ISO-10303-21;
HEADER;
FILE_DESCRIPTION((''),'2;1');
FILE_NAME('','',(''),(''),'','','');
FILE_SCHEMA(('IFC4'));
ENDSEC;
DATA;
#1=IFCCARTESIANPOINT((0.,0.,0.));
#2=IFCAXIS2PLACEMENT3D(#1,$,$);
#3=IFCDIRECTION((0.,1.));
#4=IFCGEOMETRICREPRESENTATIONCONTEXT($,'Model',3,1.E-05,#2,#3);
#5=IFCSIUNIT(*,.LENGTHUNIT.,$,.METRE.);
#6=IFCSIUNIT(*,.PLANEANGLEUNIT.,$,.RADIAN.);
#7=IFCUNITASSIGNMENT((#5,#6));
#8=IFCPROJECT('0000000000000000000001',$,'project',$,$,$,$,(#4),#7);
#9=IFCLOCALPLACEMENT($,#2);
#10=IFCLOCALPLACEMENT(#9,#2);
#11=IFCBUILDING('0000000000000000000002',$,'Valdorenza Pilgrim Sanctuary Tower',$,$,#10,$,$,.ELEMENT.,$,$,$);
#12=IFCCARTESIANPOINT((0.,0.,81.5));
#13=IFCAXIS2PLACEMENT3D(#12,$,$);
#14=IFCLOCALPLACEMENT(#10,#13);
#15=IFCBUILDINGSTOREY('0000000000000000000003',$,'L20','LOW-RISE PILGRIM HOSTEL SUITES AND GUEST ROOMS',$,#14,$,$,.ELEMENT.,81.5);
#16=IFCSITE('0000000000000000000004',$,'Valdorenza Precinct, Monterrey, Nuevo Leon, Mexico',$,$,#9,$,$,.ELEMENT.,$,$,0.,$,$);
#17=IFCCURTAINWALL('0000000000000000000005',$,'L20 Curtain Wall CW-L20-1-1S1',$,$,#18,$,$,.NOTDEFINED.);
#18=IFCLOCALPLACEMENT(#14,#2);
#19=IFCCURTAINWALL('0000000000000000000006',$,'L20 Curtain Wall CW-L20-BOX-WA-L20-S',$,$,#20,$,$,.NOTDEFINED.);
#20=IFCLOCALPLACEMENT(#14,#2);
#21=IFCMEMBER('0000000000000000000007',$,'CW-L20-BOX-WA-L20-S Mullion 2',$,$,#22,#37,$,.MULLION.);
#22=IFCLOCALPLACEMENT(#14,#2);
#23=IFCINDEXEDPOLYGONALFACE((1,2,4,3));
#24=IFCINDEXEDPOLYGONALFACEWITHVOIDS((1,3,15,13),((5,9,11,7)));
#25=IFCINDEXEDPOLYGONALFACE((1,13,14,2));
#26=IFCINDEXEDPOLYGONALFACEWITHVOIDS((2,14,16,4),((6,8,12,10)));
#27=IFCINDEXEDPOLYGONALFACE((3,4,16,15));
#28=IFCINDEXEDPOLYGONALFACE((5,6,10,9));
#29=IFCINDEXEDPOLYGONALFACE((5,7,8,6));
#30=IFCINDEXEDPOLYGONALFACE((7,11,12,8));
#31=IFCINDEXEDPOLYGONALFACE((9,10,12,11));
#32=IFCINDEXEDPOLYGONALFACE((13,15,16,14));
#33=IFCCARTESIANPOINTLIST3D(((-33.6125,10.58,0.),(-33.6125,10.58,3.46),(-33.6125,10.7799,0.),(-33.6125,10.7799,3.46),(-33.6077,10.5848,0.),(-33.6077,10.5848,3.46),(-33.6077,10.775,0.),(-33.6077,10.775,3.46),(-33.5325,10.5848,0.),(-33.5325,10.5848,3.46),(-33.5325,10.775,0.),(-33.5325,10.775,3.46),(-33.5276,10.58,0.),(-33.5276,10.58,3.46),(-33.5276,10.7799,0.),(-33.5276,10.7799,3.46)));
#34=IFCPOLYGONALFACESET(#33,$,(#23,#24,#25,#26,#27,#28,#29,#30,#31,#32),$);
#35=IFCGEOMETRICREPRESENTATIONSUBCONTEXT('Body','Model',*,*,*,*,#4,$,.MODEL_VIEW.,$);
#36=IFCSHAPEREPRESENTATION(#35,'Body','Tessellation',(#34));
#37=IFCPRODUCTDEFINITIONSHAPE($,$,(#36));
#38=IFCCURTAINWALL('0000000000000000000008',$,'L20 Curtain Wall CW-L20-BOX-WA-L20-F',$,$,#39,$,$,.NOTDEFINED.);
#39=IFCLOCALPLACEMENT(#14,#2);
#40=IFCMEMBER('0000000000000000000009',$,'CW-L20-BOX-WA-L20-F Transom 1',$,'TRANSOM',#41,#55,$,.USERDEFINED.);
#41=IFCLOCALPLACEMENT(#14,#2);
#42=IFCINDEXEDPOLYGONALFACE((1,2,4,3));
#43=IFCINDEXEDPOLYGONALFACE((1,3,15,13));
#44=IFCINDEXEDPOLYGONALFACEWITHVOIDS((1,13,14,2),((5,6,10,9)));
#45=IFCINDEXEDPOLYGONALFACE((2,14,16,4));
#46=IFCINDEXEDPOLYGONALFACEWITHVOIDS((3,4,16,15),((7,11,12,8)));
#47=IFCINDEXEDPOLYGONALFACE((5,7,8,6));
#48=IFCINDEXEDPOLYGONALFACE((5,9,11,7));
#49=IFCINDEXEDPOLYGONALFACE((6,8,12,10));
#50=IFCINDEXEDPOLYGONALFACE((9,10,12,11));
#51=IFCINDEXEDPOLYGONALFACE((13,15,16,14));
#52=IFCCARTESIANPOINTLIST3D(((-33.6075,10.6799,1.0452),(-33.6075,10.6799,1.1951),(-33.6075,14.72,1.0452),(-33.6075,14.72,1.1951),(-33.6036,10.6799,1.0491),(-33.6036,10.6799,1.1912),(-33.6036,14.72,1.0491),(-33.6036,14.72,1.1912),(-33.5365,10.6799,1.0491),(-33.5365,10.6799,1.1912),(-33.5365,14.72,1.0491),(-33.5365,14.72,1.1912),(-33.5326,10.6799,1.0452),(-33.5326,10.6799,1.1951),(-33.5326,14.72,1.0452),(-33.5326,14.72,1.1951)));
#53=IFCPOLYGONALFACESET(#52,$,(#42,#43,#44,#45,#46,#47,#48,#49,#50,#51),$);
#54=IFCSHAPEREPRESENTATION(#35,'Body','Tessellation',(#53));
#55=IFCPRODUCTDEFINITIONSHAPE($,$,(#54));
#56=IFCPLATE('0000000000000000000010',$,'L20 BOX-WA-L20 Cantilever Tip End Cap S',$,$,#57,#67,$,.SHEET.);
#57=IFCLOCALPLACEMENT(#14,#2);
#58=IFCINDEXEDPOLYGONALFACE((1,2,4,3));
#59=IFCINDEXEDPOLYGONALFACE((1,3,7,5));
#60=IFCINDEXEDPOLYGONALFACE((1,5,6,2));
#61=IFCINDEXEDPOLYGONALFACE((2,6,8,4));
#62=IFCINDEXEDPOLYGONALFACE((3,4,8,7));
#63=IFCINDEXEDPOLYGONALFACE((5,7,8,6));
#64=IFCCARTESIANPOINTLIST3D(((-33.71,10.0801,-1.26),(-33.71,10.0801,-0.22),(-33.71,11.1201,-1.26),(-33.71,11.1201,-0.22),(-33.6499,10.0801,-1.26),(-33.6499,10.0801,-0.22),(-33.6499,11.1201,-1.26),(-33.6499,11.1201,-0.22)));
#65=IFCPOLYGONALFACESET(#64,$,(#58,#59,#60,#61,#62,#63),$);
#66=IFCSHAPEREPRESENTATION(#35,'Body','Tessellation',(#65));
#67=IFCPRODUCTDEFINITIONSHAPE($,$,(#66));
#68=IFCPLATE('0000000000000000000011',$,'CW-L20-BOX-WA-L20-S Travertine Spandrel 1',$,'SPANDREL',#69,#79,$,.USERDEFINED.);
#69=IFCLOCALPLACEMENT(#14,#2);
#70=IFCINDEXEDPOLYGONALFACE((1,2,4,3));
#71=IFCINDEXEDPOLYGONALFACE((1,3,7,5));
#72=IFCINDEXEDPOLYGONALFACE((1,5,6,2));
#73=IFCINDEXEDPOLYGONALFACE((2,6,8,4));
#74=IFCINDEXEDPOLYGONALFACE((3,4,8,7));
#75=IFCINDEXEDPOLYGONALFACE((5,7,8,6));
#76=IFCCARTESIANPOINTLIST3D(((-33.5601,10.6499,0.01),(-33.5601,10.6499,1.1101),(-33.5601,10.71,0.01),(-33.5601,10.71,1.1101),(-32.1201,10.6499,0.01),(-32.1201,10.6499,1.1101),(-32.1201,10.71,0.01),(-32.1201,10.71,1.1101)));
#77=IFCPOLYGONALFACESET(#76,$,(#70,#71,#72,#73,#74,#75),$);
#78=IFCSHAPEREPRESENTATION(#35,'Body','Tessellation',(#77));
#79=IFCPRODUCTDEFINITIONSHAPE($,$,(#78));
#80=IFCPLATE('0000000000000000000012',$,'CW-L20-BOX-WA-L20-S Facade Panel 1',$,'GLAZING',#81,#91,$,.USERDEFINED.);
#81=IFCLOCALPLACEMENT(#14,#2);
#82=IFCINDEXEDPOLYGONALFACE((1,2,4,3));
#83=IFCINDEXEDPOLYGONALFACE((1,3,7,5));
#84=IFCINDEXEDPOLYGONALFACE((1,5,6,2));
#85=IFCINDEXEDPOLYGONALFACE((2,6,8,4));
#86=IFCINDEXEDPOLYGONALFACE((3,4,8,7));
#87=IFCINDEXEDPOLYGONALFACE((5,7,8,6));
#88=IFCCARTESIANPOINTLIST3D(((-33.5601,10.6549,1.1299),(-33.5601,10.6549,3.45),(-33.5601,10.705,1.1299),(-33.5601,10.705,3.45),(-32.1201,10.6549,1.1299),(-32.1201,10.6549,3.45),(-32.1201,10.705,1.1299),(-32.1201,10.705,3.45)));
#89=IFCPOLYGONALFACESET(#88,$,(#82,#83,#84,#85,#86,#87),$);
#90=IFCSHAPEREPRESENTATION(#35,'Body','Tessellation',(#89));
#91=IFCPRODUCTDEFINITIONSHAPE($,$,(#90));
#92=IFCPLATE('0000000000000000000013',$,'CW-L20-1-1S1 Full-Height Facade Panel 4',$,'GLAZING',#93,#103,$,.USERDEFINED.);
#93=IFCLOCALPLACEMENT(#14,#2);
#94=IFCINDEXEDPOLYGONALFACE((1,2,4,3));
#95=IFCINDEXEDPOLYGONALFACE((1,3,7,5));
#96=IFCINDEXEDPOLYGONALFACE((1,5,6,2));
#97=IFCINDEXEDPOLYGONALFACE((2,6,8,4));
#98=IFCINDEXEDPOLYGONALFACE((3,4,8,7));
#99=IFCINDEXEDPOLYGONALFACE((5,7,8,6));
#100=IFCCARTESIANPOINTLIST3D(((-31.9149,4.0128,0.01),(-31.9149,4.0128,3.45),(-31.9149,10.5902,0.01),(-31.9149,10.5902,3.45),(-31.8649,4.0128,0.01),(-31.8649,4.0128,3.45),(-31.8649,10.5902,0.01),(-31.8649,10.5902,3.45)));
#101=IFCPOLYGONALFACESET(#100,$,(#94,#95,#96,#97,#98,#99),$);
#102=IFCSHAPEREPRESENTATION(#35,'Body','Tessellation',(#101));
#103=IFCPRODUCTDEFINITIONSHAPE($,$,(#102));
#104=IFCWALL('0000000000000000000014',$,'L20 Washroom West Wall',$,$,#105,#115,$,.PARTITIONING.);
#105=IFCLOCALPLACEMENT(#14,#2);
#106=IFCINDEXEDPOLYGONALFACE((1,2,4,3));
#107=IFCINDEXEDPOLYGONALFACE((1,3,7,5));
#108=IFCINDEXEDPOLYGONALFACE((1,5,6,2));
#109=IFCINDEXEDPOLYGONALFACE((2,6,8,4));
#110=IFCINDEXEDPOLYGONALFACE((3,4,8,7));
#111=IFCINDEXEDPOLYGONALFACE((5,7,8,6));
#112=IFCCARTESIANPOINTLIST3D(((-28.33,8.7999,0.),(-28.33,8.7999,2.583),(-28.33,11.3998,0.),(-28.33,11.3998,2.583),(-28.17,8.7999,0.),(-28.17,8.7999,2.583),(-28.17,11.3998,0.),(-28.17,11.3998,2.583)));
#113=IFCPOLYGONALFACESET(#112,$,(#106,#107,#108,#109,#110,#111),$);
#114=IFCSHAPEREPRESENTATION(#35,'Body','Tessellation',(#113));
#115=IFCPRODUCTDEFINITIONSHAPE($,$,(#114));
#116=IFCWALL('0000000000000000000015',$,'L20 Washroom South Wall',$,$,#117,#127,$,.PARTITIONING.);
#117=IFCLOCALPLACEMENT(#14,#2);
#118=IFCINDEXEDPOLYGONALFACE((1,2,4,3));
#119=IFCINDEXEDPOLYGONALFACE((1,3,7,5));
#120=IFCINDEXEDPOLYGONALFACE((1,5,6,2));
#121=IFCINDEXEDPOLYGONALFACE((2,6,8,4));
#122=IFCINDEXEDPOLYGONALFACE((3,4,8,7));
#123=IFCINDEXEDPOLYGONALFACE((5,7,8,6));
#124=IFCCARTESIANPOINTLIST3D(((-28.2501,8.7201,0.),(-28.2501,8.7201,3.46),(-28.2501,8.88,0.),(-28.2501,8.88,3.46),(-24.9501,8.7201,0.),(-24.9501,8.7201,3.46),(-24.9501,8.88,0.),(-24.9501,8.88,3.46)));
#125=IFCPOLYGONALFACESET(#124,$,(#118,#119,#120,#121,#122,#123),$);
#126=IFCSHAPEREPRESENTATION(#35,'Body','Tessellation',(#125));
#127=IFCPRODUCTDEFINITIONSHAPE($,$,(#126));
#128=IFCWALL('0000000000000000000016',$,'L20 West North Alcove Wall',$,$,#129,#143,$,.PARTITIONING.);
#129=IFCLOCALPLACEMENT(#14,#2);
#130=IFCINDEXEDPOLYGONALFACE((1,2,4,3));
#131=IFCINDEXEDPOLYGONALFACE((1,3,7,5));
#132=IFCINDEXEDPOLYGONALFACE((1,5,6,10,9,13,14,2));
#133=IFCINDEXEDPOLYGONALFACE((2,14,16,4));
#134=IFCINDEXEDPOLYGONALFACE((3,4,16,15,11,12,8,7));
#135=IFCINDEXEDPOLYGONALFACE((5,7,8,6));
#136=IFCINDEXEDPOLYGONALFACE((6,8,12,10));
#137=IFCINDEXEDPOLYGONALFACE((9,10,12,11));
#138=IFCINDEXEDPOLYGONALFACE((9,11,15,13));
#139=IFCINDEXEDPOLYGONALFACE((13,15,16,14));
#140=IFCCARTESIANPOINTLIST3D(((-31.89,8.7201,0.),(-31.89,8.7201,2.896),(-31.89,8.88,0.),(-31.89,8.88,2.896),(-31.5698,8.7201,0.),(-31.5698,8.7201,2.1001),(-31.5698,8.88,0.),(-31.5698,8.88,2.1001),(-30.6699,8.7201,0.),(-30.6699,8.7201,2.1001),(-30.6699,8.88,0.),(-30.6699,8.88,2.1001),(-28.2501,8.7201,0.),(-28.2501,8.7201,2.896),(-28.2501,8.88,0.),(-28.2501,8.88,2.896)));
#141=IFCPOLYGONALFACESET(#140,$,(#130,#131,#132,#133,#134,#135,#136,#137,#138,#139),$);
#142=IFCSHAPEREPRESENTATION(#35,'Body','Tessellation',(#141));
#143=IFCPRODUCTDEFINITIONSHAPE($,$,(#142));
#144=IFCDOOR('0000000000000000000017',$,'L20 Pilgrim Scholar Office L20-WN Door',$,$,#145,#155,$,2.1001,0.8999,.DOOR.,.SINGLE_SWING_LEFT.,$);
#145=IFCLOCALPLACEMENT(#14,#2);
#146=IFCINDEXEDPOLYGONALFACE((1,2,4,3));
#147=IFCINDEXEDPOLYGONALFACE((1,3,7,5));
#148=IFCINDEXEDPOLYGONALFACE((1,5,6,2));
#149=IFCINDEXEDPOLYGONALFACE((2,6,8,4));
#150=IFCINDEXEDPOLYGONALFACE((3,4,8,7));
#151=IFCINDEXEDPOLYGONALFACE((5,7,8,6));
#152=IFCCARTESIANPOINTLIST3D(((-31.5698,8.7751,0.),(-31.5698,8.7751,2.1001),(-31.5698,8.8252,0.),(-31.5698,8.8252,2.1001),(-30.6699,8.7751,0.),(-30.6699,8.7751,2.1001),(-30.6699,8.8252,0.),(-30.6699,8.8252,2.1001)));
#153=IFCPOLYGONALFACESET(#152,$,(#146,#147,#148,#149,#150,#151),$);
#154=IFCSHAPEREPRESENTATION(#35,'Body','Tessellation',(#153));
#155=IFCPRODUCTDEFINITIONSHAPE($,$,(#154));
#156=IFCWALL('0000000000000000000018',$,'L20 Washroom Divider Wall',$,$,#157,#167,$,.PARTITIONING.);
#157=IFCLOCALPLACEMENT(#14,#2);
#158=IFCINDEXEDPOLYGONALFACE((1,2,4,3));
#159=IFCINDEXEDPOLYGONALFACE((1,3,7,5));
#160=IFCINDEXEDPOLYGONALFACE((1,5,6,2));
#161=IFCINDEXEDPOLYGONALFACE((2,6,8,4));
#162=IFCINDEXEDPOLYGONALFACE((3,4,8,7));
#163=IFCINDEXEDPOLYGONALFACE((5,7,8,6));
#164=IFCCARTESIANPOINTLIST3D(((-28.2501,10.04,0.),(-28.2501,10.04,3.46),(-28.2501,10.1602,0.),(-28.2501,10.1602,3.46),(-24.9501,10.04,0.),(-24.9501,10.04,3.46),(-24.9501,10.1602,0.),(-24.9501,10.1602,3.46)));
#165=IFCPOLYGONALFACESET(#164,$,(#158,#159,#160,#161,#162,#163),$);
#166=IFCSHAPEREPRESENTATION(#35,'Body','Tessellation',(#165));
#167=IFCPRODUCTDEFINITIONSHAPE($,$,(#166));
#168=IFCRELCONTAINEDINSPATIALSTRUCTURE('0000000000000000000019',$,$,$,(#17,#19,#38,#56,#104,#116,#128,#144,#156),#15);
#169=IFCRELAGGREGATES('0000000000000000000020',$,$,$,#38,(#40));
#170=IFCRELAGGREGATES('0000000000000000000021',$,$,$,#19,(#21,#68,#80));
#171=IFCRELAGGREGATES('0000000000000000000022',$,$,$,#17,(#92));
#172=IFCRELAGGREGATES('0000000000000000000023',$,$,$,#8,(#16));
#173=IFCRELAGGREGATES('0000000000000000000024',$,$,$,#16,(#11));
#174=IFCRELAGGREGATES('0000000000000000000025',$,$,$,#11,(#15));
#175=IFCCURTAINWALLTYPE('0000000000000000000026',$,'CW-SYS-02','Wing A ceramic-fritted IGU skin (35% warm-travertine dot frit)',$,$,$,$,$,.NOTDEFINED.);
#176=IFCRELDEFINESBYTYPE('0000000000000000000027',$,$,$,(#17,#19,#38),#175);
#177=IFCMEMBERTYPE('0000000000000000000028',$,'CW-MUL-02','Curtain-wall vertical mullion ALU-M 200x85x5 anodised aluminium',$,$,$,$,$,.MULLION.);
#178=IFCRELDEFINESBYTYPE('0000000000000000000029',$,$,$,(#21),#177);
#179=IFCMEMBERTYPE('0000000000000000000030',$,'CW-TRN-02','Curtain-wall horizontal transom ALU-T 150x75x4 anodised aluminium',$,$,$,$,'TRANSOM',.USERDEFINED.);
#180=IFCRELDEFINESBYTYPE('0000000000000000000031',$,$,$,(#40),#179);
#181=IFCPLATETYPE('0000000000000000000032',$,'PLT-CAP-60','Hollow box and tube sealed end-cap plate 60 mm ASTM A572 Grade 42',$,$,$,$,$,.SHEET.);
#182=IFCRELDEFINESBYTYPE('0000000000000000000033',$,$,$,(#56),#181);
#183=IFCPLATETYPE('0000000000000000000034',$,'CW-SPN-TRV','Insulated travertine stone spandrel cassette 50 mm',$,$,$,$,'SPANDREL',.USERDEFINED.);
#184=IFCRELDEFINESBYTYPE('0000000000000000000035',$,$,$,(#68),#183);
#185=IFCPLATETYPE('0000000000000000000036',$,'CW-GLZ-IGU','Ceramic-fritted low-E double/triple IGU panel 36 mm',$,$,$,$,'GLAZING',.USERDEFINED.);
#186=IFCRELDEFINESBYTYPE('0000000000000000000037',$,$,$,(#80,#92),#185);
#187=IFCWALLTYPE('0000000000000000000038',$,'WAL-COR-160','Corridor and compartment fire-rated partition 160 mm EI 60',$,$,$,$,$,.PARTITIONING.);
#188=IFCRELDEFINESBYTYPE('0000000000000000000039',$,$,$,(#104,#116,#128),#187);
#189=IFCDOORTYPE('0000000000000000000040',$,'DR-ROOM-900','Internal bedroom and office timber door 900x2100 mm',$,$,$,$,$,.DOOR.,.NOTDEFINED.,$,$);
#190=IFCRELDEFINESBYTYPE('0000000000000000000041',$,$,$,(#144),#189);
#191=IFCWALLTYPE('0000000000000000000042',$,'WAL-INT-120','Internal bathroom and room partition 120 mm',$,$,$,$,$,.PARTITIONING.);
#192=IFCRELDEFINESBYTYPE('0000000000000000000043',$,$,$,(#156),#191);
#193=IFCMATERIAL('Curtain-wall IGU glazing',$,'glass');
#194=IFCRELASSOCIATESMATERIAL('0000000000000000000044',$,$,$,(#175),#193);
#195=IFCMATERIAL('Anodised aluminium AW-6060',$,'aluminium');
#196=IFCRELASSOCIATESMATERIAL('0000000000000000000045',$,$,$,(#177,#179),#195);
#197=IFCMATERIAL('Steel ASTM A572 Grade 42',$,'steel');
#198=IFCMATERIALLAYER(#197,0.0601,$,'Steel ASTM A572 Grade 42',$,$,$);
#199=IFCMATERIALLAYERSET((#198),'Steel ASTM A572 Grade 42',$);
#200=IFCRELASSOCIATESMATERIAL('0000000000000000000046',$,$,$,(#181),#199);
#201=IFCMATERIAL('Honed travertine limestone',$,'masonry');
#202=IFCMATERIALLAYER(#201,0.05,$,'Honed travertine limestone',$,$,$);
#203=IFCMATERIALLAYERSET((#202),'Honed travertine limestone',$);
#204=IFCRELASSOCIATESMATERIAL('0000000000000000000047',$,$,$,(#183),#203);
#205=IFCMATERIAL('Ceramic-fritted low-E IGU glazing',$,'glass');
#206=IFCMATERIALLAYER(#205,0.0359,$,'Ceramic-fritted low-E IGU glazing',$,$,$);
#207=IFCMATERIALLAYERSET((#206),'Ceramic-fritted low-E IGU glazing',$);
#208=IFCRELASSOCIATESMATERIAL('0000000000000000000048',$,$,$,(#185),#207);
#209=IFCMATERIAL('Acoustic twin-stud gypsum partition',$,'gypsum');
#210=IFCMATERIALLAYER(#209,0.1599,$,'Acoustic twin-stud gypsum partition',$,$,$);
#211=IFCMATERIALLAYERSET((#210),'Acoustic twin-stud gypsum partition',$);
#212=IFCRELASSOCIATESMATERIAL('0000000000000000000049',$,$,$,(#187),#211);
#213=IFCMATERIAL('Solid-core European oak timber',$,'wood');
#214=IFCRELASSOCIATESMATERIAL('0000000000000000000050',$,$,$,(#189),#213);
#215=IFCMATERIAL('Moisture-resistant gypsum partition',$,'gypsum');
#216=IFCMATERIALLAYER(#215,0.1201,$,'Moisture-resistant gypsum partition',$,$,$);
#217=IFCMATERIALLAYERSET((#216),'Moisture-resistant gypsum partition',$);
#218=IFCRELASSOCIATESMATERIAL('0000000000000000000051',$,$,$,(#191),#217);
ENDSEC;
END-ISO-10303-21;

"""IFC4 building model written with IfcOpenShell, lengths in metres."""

from ifc_helpers import new_model, si_unit, direction, frame, frame_2d, origin, origin_2d, place, context, subcontext, project, spatial, rectangle, hollow_rectangle, extrude, source, transform, mapped, material, layer, layer_set, material_profile, profile_set, type_object, element, fill, aggregate, save


model = new_model("IFC4")

# Units and contexts
model_context = context("Model", 3, precision=1e-05, world=origin(), true_north=direction((0.0, 1.0)))
body_context = subcontext(model_context, "Body", "Model", "MODEL_VIEW")
ifc_project = project(units=[si_unit("LENGTHUNIT", "METRE"), si_unit("PLANEANGLEUNIT", "RADIAN")], contexts=[model_context])

# Site, building, storey
site_placement = place(None, origin())
site = spatial("IfcSite", under=ifc_project, at=site_placement, Name="Valdorenza Precinct, Monterrey, Nuevo Leon, Mexico", CompositionType="ELEMENT", RefElevation=0.0)
building_placement = place(site_placement, origin())
building = spatial("IfcBuilding", under=site, at=building_placement, Name="Valdorenza Pilgrim Sanctuary Tower", CompositionType="ELEMENT")
storey_placement = place(building_placement, frame((0.0, 0.0, 81.5)))
storey = spatial("IfcBuildingStorey", under=building, at=storey_placement, Name="L20", Description="LOW-RISE PILGRIM HOSTEL SUITES AND GUEST ROOMS", CompositionType="ELEMENT", Elevation=81.5)

# Shared definitions
ifc_material_1 = material(Name="Steel ASTM A572 Grade 42", Category="steel")

# Curtain wall
ifc_material_2 = material(Name="Curtain-wall IGU glazing", Category="glass")
curtain_wall_type = type_object("IfcCurtainWallType", Name="CW-SYS-02", Description="Wing A ceramic-fritted IGU skin (35% warm-travertine dot frit)", PredefinedType="NOTDEFINED", material=ifc_material_2)
curtain_wall_1_placement = place(storey_placement, origin())
curtain_wall_1 = element("IfcCurtainWall", 1, at=curtain_wall_1_placement, inside=storey, type_object=curtain_wall_type, Name="L20 Curtain Wall CW-L20-1-1S1", PredefinedType="NOTDEFINED")
ifc_material_3 = material(Name="Anodised aluminium AW-6060", Category="aluminium")
ifc_material_profile_1 = material_profile(ifc_material_3, hollow_rectangle(XDim=0.085, YDim=0.2, WallThickness=0.0049, at=origin_2d()), Name="ALU-M 200x85x5")
ifc_profile_set_1 = profile_set([ifc_material_profile_1], Name="Anodised aluminium AW-6060")
member_type_1 = type_object("IfcMemberType", Name="CW-MUL-02", Description="Curtain-wall vertical mullion ALU-M 200x85x5 anodised aluminium", PredefinedType="MULLION", material=ifc_profile_set_1)
shared_shape_1 = source(origin(), body_context, "Body", "SweptSolid", [
    extrude(hollow_rectangle(XDim=0.085, YDim=0.2, WallThickness=0.0049, at=origin_2d()), origin(), (0.0, 0.0, 1.0), 3.46),
])

# Curtain walls, members
curtain_wall_2_placement = place(storey_placement, origin())
curtain_wall_2 = element("IfcCurtainWall", 2, at=curtain_wall_2_placement, inside=storey, type_object=curtain_wall_type, Name="L20 Curtain Wall CW-L20-BOX-WA-L20-S", PredefinedType="NOTDEFINED")
member_1_placement = place(storey_placement, frame((-33.5701, 10.6799, 0.0), z_axis=(0.0, 0.0, 1.0), x_axis=(-1.0, 0.0, 0.0)))
member_1 = element("IfcMember", 3, at=member_1_placement, type_object=member_type_1, Name="CW-L20-BOX-WA-L20-S Mullion 2", PredefinedType="MULLION", context=body_context, shape_type="MappedRepresentation", body=[
    mapped(shared_shape_1, transform((0.0, 0.0, 0.0), x_axis=(1.0, 0.0, 0.0), y_axis=(0.0, 1.0, 0.0), z_axis=(0.0, 0.0, 1.0), scale=1.0)),
])
curtain_wall_3_placement = place(storey_placement, origin())
curtain_wall_3 = element("IfcCurtainWall", 4, at=curtain_wall_3_placement, inside=storey, type_object=curtain_wall_type, Name="L20 Curtain Wall CW-L20-BOX-WA-L20-F", PredefinedType="NOTDEFINED")
ifc_material_profile_2 = material_profile(ifc_material_3, hollow_rectangle(XDim=0.075, YDim=0.1499, WallThickness=0.0039, at=origin_2d()), Name="ALU-T 150x75x4")
ifc_profile_set_2 = profile_set([ifc_material_profile_2], Name="Anodised aluminium AW-6060")
member_type_2 = type_object("IfcMemberType", Name="CW-TRN-02", Description="Curtain-wall horizontal transom ALU-T 150x75x4 anodised aluminium", ElementType="TRANSOM", PredefinedType="USERDEFINED", material=ifc_profile_set_2)
shared_shape_2 = source(origin(), body_context, "Body", "SweptSolid", [
    extrude(hollow_rectangle(XDim=0.075, YDim=0.1499, WallThickness=0.0039, at=origin_2d()), origin(), (0.0, 0.0, 1.0), 4.04),
])
member_2_placement = place(storey_placement, frame((-33.5701, 10.6799, 1.1201), z_axis=(0.0, 1.0, 0.0), x_axis=(-1.0, 0.0, 0.0)))
member_2 = element("IfcMember", 5, at=member_2_placement, type_object=member_type_2, Name="CW-L20-BOX-WA-L20-F Transom 1", ObjectType="TRANSOM", PredefinedType="USERDEFINED", context=body_context, shape_type="MappedRepresentation", body=[
    mapped(shared_shape_2, transform((0.0, 0.0, 0.0), x_axis=(1.0, 0.0, 0.0), y_axis=(0.0, 1.0, 0.0), z_axis=(0.0, 0.0, 1.0), scale=1.0)),
])
aggregate(curtain_wall_3, [member_2])

# Plates
ifc_layer_1 = layer(ifc_material_1, 0.0601, Name="Steel ASTM A572 Grade 42")
ifc_layer_set_1 = layer_set([ifc_layer_1], Name="Steel ASTM A572 Grade 42")
plate_type_1 = type_object("IfcPlateType", Name="PLT-CAP-60", Description="Hollow box and tube sealed end-cap plate 60 mm ASTM A572 Grade 42", PredefinedType="SHEET", material=ifc_layer_set_1)
shared_shape_3 = source(origin(), body_context, "Body", "SweptSolid", [
    extrude(rectangle(XDim=0.0601, YDim=1.04, at=origin_2d()), origin(), (0.0, 0.0, 1.0), 1.04),
])
plate_1_placement = place(storey_placement, frame((-33.6799, 10.6001, -1.26), z_axis=(0.0, 0.0, 1.0), x_axis=(1.0, 0.0, 0.0)))
element("IfcPlate", 6, at=plate_1_placement, inside=storey, type_object=plate_type_1, Name="L20 BOX-WA-L20 Cantilever Tip End Cap S", PredefinedType="SHEET", context=body_context, shape_type="MappedRepresentation", body=[
    mapped(shared_shape_3, transform((0.0, 0.0, 0.0), x_axis=(1.0, 0.0, 0.0), y_axis=(0.0, 1.0, 0.0), z_axis=(0.0, 0.0, 1.0), scale=1.0)),
])
ifc_material_4 = material(Name="Honed travertine limestone", Category="masonry")
ifc_layer_2 = layer(ifc_material_4, 0.05, Name="Honed travertine limestone")
ifc_layer_set_2 = layer_set([ifc_layer_2], Name="Honed travertine limestone")
plate_type_2 = type_object("IfcPlateType", Name="CW-SPN-TRV", Description="Insulated travertine stone spandrel cassette 50 mm", ElementType="SPANDREL", PredefinedType="USERDEFINED", material=ifc_layer_set_2)
shared_shape_4 = source(origin(), body_context, "Body", "SweptSolid", [
    extrude(rectangle(XDim=1.4399, YDim=0.0601, at=origin_2d()), origin(), (0.0, 0.0, 1.0), 1.1001),
])
plate_2_placement = place(storey_placement, frame((-32.8401, 10.6799, 0.01), z_axis=(0.0, 0.0, 1.0), x_axis=(-1.0, 0.0, 0.0)))
plate_2 = element("IfcPlate", 7, at=plate_2_placement, type_object=plate_type_2, Name="CW-L20-BOX-WA-L20-S Travertine Spandrel 1", ObjectType="SPANDREL", PredefinedType="USERDEFINED", context=body_context, shape_type="MappedRepresentation", body=[
    mapped(shared_shape_4, transform((0.0, 0.0, 0.0), x_axis=(1.0, 0.0, 0.0), y_axis=(0.0, 1.0, 0.0), z_axis=(0.0, 0.0, 1.0), scale=1.0)),
])
ifc_material_5 = material(Name="Ceramic-fritted low-E IGU glazing", Category="glass")
ifc_layer_3 = layer(ifc_material_5, 0.0359, Name="Ceramic-fritted low-E IGU glazing")
ifc_layer_set_3 = layer_set([ifc_layer_3], Name="Ceramic-fritted low-E IGU glazing")
plate_type_3 = type_object("IfcPlateType", Name="CW-GLZ-IGU", Description="Ceramic-fritted low-E double/triple IGU panel 36 mm", ElementType="GLAZING", PredefinedType="USERDEFINED", material=ifc_layer_set_3)
shared_shape_5 = source(origin(), body_context, "Body", "SweptSolid", [
    extrude(rectangle(XDim=1.4399, YDim=0.05, at=origin_2d()), origin(), (0.0, 0.0, 1.0), 2.3201),
])
plate_3_placement = place(storey_placement, frame((-32.8401, 10.6799, 1.1299), z_axis=(0.0, 0.0, 1.0), x_axis=(-1.0, 0.0, 0.0)))
plate_3 = element("IfcPlate", 8, at=plate_3_placement, type_object=plate_type_3, Name="CW-L20-BOX-WA-L20-S Facade Panel 1", ObjectType="GLAZING", PredefinedType="USERDEFINED", context=body_context, shape_type="MappedRepresentation", body=[
    mapped(shared_shape_5, transform((0.0, 0.0, 0.0), x_axis=(1.0, 0.0, 0.0), y_axis=(0.0, 1.0, 0.0), z_axis=(0.0, 0.0, 1.0), scale=1.0)),
])
aggregate(curtain_wall_2, [member_1, plate_2, plate_3])
shared_shape_6 = source(origin(), body_context, "Body", "SweptSolid", [
    extrude(rectangle(XDim=6.5774, YDim=0.05, at=origin_2d()), origin(), (0.0, 0.0, 1.0), 3.4399),
])
plate_4_placement = place(storey_placement, frame((-31.8899, 7.3015, 0.01), z_axis=(0.0, 0.0, 1.0), x_axis=(0.0, 1.0, 0.0)))
plate_4 = element("IfcPlate", 9, at=plate_4_placement, type_object=plate_type_3, Name="CW-L20-1-1S1 Full-Height Facade Panel 4", ObjectType="GLAZING", PredefinedType="USERDEFINED", context=body_context, shape_type="MappedRepresentation", body=[
    mapped(shared_shape_6, transform((0.0, 0.0, 0.0), x_axis=(1.0, 0.0, 0.0), y_axis=(0.0, 1.0, 0.0), z_axis=(0.0, 0.0, 1.0), scale=1.0)),
])
aggregate(curtain_wall_1, [plate_4])

# Walls
ifc_material_6 = material(Name="Acoustic twin-stud gypsum partition", Category="gypsum")
ifc_layer_4 = layer(ifc_material_6, 0.1599, Name="Acoustic twin-stud gypsum partition")
ifc_layer_set_4 = layer_set([ifc_layer_4], Name="Acoustic twin-stud gypsum partition")
wall_type_1 = type_object("IfcWallType", Name="WAL-COR-160", Description="Corridor and compartment fire-rated partition 160 mm EI 60", PredefinedType="PARTITIONING", material=ifc_layer_set_4)
wall_1_placement = place(storey_placement, frame((-28.25, 8.8, 0.0), z_axis=(0.0, 0.0, 1.0), x_axis=(0.0, 1.0, 0.0)))
element("IfcWall", 10, at=wall_1_placement, inside=storey, type_object=wall_type_1, Name="L20 Washroom West Wall", PredefinedType="PARTITIONING", context=body_context, shape_type="SweptSolid", body=[
    extrude(rectangle(XDim=2.5999, YDim=0.1599, at=frame_2d((1.2998, 0.0))), origin(), (0.0, 0.0, 1.0), 2.583),
])
wall_2_placement = place(storey_placement, frame((-28.25, 8.8, 0.0), z_axis=(0.0, 0.0, 1.0), x_axis=(1.0, 0.0, 0.0)))
element("IfcWall", 11, at=wall_2_placement, inside=storey, type_object=wall_type_1, Name="L20 Washroom South Wall", PredefinedType="PARTITIONING", context=body_context, shape_type="SweptSolid", body=[
    extrude(rectangle(XDim=3.3, YDim=0.1599, at=frame_2d((1.6499, 0.0))), origin(), (0.0, 0.0, 1.0), 3.46),
])

# Wall, opening, door
wall_3_placement = place(storey_placement, frame((-31.8899, 8.8, 0.0), z_axis=(0.0, 0.0, 1.0), x_axis=(1.0, 0.0, 0.0)))
wall_3 = element("IfcWall", 12, at=wall_3_placement, inside=storey, type_object=wall_type_1, Name="L20 West North Alcove Wall", PredefinedType="PARTITIONING", context=body_context, shape_type="SweptSolid", body=[
    extrude(rectangle(XDim=3.6399, YDim=0.1599, at=frame_2d((1.8198, 0.0))), origin(), (0.0, 0.0, 1.0), 2.896),
])
opening_1_placement = place(wall_3_placement, frame((0.3201, 0.0, 0.0)))
opening_1 = element("IfcOpeningElement", 13, at=opening_1_placement, cuts=wall_3, PredefinedType="OPENING", context=body_context, shape_type="SweptSolid", body=[
    extrude(rectangle(XDim=0.8999, YDim=2.1001, at=frame_2d((0.45, 1.05))), frame((0.0, 0.0947, 0.0), z_axis=(0.0, -1.0, 0.0), x_axis=(1.0, 0.0, 0.0)), (0.0, 0.0, 1.0), 0.1897),
])
ifc_material_7 = material(Name="Solid-core European oak timber", Category="wood")
door_type_1 = type_object("IfcDoorType", Name="DR-ROOM-900", Description="Internal bedroom and office timber door 900x2100 mm", OperationType="NOTDEFINED", PredefinedType="DOOR", material=ifc_material_7)
door_1_placement = place(opening_1_placement, frame((0.8999, 0.0, 0.0), z_axis=(0.0, 0.0, 1.0), x_axis=(-1.0, 0.0, 0.0)))
door_1 = element("IfcDoor", 14, at=door_1_placement, inside=storey, type_object=door_type_1, Name="L20 Pilgrim Scholar Office L20-WN Door", OperationType="SINGLE_SWING_LEFT", OverallHeight=2.1001, OverallWidth=0.8999, PredefinedType="DOOR", context=body_context, shape_type="SweptSolid", body=[
    extrude(rectangle(XDim=0.8999, YDim=2.1001, at=frame_2d((0.45, 1.05))), frame((0.0, 0.0249, 0.0), z_axis=(0.0, -1.0, 0.0), x_axis=(1.0, 0.0, 0.0)), (0.0, 0.0, 1.0), 0.05),
])
fill(opening_1, door_1)

# Wall
ifc_material_8 = material(Name="Moisture-resistant gypsum partition", Category="gypsum")
ifc_layer_5 = layer(ifc_material_8, 0.1201, Name="Moisture-resistant gypsum partition")
ifc_layer_set_5 = layer_set([ifc_layer_5], Name="Moisture-resistant gypsum partition")
wall_type_2 = type_object("IfcWallType", Name="WAL-INT-120", Description="Internal bathroom and room partition 120 mm", PredefinedType="PARTITIONING", material=ifc_layer_set_5)
wall_4_placement = place(storey_placement, frame((-28.25, 10.1001, 0.0), z_axis=(0.0, 0.0, 1.0), x_axis=(1.0, 0.0, 0.0)))
element("IfcWall", 15, at=wall_4_placement, inside=storey, type_object=wall_type_2, Name="L20 Washroom Divider Wall", PredefinedType="PARTITIONING", context=body_context, shape_type="SweptSolid", body=[
    extrude(rectangle(XDim=3.3, YDim=0.1201, at=frame_2d((1.6499, 0.0))), origin(), (0.0, 0.0, 1.0), 3.46),
])

save(model, "model.ifc")
